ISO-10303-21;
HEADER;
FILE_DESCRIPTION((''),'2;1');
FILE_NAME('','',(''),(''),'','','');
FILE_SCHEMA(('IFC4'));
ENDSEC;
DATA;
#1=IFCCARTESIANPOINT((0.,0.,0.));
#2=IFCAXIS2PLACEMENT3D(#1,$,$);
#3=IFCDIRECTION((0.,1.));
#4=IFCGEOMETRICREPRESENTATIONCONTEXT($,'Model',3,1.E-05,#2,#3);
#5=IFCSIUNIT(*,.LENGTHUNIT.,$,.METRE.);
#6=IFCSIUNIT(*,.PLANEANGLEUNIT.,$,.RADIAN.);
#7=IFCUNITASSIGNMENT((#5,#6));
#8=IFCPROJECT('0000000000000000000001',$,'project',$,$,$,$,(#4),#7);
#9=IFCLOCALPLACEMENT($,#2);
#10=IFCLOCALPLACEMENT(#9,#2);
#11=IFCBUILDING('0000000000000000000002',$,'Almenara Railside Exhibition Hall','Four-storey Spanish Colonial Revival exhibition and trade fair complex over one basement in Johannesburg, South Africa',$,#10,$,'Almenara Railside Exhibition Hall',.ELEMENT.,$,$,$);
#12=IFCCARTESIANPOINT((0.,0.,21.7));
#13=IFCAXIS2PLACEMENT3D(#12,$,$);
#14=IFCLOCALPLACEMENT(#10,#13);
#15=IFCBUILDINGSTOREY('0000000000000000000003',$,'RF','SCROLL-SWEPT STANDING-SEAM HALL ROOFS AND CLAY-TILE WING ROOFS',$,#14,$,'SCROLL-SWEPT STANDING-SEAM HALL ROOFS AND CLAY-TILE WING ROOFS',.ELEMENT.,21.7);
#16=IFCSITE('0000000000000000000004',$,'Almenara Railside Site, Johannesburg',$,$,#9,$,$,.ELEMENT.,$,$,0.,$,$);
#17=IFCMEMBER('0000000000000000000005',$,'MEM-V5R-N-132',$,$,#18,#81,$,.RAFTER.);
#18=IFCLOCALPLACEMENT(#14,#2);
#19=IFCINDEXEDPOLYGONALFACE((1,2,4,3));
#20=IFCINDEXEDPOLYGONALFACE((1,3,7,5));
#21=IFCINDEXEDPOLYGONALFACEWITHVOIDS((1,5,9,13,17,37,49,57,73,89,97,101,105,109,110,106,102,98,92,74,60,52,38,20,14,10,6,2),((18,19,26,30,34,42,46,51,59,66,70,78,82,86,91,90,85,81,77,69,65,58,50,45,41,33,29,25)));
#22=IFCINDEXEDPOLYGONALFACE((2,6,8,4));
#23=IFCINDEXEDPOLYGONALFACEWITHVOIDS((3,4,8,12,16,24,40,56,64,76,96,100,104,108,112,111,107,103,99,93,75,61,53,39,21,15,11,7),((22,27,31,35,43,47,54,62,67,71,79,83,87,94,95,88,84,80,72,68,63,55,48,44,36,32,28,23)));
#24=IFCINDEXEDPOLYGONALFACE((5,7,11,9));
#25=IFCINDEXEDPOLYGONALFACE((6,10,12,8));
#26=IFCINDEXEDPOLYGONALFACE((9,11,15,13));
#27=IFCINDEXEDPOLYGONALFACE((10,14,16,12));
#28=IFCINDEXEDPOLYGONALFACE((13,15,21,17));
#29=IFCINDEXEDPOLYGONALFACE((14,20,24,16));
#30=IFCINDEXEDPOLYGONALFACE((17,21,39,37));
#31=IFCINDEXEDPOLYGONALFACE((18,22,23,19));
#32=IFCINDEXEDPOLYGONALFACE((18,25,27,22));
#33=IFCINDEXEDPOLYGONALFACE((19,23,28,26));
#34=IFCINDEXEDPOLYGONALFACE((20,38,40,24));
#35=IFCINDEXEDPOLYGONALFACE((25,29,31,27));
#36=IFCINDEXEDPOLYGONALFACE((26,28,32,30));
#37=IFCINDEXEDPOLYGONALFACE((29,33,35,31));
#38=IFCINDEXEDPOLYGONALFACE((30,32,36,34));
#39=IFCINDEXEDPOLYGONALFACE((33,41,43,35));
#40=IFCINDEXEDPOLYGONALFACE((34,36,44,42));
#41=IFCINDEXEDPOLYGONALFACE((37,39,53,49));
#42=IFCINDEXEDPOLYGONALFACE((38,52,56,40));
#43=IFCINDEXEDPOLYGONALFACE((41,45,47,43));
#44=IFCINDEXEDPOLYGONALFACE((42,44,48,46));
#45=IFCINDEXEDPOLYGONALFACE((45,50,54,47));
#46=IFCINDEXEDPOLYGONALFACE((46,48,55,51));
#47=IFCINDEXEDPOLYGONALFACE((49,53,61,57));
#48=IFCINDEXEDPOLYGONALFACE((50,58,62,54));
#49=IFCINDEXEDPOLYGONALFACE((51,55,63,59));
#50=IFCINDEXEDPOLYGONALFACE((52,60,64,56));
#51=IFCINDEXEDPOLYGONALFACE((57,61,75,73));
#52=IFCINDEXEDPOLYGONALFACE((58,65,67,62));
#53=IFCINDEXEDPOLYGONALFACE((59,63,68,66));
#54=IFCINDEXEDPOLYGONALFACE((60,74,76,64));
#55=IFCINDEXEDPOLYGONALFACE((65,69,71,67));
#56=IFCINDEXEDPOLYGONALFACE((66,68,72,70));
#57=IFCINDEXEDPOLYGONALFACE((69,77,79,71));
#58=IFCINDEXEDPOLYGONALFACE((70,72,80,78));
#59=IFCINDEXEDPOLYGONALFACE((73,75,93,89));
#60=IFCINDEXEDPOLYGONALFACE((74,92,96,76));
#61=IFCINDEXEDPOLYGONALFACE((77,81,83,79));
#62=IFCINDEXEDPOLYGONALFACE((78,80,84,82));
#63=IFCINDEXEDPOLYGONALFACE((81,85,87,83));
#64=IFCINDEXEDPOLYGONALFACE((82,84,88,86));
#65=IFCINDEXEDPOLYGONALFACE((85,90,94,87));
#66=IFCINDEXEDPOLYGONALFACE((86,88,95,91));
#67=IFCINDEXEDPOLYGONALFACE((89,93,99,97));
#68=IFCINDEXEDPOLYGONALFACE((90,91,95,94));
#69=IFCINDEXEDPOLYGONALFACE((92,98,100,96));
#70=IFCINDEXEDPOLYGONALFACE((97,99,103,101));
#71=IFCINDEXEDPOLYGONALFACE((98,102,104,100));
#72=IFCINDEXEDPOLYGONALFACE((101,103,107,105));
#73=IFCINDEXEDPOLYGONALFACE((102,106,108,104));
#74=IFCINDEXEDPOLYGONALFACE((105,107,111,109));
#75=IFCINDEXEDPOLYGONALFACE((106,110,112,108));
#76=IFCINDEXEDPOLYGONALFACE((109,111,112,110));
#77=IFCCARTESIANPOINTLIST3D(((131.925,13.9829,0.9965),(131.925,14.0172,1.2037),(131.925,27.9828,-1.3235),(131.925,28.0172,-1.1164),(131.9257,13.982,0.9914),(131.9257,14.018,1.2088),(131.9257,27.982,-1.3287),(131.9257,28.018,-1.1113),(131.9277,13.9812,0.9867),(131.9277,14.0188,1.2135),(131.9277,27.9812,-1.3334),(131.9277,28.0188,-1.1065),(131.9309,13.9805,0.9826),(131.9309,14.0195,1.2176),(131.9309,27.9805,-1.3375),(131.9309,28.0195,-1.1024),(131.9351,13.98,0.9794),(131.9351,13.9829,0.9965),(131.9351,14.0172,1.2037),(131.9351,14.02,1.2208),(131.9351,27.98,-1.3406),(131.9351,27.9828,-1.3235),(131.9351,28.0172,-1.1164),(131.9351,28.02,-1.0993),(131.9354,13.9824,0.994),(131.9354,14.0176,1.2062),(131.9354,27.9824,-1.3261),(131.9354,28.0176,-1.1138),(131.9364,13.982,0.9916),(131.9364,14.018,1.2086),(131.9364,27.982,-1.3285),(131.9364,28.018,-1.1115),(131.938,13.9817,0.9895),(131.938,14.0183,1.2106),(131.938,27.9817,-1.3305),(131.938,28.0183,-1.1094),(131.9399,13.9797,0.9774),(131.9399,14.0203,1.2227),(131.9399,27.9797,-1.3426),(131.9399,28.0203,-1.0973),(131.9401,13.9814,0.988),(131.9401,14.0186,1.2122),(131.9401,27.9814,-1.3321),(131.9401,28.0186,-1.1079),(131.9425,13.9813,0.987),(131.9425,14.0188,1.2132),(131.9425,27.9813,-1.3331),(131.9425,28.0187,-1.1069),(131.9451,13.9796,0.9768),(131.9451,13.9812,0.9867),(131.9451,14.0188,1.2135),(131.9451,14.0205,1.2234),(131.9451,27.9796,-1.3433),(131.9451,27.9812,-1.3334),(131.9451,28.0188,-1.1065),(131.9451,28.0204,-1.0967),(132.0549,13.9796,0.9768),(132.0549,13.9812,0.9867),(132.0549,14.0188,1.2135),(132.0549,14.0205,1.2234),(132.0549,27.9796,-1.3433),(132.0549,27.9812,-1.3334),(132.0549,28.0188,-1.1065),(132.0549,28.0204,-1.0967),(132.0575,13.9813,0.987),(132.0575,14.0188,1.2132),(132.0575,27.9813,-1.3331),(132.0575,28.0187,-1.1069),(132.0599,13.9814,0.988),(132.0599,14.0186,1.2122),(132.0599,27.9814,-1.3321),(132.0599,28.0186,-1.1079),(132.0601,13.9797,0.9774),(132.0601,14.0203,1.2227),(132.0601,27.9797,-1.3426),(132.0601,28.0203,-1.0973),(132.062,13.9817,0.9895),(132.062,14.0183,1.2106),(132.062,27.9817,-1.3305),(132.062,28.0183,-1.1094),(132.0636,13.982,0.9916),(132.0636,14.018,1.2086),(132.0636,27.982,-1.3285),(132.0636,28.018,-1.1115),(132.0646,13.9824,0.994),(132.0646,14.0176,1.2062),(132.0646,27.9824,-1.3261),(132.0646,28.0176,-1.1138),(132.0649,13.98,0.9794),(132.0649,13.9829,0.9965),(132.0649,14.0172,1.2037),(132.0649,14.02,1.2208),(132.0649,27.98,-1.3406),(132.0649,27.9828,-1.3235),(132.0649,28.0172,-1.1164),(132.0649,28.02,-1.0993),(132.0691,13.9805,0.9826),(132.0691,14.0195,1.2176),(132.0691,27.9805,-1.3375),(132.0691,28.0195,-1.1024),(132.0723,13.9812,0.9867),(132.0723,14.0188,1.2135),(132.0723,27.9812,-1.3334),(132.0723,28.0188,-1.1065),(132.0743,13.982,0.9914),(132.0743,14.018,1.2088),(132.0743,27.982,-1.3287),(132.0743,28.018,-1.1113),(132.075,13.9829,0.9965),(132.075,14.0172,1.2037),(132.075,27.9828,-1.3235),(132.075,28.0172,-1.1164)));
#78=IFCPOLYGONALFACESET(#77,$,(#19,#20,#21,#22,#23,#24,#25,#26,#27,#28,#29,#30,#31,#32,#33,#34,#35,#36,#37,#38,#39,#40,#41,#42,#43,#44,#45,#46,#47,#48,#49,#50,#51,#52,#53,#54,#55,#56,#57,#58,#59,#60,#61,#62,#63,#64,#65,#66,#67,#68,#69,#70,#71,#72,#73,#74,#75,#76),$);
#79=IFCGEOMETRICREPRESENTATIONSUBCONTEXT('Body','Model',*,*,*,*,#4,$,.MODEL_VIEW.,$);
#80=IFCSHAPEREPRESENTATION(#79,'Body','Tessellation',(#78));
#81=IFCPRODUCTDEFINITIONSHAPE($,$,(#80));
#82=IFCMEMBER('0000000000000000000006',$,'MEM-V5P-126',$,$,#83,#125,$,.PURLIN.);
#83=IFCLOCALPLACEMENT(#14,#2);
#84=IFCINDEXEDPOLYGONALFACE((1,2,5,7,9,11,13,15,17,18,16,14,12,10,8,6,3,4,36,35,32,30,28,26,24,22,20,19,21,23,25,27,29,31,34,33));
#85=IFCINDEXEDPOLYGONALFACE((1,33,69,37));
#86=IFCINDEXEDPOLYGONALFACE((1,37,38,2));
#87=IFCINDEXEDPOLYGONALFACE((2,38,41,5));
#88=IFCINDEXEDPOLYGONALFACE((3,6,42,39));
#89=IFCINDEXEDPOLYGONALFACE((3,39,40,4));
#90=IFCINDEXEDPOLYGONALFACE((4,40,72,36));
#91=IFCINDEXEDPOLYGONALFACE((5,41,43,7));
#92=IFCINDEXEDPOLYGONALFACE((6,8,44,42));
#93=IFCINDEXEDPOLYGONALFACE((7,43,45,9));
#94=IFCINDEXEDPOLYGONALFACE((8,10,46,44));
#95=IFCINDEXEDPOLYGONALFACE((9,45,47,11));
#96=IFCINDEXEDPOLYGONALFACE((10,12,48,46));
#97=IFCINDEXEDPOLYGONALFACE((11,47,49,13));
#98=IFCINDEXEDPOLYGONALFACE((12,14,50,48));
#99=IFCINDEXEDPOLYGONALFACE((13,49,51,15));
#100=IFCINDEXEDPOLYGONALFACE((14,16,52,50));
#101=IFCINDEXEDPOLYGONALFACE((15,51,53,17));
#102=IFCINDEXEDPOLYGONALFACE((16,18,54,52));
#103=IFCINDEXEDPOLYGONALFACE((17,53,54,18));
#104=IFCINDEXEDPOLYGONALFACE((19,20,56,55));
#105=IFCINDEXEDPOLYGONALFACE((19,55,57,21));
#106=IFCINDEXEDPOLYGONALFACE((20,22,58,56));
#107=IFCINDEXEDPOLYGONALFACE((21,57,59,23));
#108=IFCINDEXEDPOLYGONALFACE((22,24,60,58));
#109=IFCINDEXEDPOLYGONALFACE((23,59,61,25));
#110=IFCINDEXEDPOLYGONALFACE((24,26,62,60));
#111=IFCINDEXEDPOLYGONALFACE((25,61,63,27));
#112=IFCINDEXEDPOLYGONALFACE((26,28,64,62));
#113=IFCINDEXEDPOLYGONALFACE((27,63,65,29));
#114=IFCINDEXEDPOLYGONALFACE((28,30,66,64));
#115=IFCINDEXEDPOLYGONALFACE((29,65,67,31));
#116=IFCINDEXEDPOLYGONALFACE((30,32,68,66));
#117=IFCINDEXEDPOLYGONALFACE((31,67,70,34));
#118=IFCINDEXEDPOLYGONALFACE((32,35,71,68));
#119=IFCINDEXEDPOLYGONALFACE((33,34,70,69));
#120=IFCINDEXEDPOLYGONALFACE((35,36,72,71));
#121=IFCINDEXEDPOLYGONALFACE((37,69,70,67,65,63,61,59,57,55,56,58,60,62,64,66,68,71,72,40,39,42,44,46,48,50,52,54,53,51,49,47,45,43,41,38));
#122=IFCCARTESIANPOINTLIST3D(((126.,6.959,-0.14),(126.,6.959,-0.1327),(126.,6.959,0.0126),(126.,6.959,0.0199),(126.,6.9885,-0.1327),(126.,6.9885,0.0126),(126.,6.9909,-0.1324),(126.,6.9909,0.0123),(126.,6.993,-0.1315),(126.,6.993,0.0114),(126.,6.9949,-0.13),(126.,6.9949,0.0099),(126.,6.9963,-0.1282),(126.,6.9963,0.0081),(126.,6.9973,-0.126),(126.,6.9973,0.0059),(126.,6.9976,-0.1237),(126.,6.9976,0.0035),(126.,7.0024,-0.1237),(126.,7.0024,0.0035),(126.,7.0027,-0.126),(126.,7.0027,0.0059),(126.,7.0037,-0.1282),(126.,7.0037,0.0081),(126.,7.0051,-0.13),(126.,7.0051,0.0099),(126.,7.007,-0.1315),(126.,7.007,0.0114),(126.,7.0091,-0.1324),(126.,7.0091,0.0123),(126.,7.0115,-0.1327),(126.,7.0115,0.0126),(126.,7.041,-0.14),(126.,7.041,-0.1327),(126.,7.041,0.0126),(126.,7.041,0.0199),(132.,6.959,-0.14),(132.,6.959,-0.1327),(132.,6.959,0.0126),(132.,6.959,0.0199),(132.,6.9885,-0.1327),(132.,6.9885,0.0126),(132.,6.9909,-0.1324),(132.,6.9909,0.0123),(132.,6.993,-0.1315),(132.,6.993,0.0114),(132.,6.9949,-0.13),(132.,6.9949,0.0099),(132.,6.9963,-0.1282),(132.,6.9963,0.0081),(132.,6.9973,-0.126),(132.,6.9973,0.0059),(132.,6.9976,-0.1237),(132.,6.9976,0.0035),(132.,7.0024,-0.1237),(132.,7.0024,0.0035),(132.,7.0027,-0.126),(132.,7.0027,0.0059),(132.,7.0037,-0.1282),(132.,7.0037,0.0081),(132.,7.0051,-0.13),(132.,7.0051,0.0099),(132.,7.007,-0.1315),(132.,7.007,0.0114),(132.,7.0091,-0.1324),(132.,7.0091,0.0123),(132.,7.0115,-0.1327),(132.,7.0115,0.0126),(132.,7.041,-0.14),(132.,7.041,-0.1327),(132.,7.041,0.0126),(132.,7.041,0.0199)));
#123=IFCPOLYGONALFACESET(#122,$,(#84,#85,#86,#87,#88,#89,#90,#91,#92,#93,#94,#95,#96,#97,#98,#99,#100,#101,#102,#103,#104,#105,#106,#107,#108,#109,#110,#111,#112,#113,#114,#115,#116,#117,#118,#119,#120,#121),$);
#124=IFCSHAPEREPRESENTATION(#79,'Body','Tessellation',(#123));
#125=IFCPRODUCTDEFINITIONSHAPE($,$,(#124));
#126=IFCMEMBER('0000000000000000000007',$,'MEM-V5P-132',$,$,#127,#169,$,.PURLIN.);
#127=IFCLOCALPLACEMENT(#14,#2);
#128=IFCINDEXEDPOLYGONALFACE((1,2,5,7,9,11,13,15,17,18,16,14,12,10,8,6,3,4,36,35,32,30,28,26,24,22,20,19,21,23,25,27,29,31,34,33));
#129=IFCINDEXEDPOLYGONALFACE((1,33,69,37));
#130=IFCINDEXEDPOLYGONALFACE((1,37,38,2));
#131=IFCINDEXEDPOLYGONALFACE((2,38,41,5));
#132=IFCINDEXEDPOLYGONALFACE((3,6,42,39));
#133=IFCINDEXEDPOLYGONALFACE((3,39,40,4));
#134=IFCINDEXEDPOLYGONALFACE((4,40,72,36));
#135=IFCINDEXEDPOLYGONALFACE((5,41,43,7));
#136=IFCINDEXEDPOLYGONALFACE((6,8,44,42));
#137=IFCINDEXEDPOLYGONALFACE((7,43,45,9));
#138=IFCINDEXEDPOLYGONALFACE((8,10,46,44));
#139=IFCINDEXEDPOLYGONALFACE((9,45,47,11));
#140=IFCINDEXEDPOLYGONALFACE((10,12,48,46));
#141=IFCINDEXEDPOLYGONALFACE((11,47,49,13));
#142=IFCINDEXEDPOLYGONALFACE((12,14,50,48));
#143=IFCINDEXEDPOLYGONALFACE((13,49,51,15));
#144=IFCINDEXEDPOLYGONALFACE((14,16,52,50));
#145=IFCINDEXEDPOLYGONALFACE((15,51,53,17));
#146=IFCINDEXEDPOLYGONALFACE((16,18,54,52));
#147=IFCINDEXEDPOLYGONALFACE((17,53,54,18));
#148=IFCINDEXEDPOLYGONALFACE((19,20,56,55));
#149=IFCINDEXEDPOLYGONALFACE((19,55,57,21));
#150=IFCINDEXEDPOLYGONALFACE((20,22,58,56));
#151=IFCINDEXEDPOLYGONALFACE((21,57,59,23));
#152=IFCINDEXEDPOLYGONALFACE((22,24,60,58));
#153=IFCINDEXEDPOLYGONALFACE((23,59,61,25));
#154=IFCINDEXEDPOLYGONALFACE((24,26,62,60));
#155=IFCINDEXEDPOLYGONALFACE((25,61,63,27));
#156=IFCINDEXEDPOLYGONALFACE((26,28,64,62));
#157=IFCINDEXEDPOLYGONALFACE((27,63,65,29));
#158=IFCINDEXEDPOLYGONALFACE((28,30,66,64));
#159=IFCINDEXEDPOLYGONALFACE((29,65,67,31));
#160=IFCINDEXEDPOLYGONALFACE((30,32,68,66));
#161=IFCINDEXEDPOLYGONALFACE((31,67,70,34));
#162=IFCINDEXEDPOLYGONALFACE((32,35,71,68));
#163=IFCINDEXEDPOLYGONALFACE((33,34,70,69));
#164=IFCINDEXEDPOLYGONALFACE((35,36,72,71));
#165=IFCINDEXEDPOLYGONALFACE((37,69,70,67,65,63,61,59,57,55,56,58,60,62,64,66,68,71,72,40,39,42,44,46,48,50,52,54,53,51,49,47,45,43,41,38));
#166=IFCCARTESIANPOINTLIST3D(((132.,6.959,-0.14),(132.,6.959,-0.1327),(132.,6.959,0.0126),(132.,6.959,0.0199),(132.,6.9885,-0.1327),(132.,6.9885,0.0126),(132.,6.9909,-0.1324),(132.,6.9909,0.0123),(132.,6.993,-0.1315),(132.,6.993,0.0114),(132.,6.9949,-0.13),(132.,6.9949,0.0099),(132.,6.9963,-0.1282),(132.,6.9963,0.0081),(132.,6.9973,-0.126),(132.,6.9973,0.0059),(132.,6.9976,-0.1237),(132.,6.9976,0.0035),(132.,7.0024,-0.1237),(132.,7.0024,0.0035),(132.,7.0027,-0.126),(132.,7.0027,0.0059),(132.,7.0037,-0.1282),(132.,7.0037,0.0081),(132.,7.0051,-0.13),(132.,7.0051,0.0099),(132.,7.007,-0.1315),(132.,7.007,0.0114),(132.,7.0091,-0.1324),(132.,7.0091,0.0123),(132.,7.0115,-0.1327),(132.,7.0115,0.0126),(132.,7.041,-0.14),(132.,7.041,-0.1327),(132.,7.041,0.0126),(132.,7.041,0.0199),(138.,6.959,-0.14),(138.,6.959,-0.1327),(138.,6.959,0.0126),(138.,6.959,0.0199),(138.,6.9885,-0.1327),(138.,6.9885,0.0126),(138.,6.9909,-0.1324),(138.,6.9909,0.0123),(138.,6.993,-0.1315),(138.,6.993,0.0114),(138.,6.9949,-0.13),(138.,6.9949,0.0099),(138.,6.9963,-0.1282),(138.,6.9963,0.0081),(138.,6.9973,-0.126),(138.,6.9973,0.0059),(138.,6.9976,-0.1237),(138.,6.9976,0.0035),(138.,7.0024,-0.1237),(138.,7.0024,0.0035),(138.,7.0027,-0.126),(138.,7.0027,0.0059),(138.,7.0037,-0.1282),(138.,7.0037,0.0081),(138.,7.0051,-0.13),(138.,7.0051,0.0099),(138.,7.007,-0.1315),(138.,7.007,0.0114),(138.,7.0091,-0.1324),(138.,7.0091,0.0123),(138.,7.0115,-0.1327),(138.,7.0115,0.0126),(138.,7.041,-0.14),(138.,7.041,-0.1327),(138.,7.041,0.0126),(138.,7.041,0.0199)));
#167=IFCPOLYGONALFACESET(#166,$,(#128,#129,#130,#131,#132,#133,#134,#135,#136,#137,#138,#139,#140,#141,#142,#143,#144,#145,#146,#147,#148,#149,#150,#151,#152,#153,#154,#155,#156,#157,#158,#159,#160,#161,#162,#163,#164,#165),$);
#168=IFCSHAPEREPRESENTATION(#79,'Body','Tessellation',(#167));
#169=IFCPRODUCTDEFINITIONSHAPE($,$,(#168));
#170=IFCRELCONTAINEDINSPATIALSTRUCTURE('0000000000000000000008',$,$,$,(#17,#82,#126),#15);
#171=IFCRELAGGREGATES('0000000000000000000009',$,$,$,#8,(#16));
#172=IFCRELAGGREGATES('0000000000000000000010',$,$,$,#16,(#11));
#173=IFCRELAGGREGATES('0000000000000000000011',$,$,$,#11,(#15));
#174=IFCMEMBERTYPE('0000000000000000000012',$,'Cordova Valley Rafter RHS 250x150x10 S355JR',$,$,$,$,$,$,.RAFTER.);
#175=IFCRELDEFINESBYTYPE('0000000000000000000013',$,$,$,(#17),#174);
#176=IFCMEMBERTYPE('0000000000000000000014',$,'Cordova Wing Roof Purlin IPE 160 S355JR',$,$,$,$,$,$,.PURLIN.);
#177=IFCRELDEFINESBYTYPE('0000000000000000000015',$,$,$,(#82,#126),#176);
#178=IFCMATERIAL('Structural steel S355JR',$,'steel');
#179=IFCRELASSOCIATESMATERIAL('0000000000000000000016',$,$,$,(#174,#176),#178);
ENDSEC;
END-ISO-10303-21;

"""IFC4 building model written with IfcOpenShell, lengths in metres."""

from ifc_helpers import new_model, si_unit, direction, frame, origin, origin_2d, place, context, subcontext, project, spatial, hollow_rectangle, i_section, extrude, material, material_profile, profile_set, type_object, element, save


model = new_model("IFC4")

# Units and contexts
model_context = context("Model", 3, precision=1e-05, world=origin(), true_north=direction((0.0, 1.0)))
body_context = subcontext(model_context, "Body", "Model", "MODEL_VIEW")
ifc_project = project(units=[si_unit("LENGTHUNIT", "METRE"), si_unit("PLANEANGLEUNIT", "RADIAN")], contexts=[model_context])

# Site, building, storey
site_placement = place(None, origin())
site = spatial("IfcSite", under=ifc_project, at=site_placement, Name="Almenara Railside Site, Johannesburg", CompositionType="ELEMENT", RefElevation=0.0)
building_placement = place(site_placement, origin())
building = spatial("IfcBuilding", under=site, at=building_placement, Name="Almenara Railside Exhibition Hall", Description="Four-storey Spanish Colonial Revival exhibition and trade fair complex over one basement in Johannesburg, South Africa", LongName="Almenara Railside Exhibition Hall", CompositionType="ELEMENT")
storey_placement = place(building_placement, frame((0.0, 0.0, 21.7)))
storey = spatial("IfcBuildingStorey", under=building, at=storey_placement, Name="RF", Description="SCROLL-SWEPT STANDING-SEAM HALL ROOFS AND CLAY-TILE WING ROOFS", LongName="SCROLL-SWEPT STANDING-SEAM HALL ROOFS AND CLAY-TILE WING ROOFS", CompositionType="ELEMENT", Elevation=21.7)

# Shared definitions
ifc_material_1 = material(Name="Structural steel S355JR", Category="steel")

# Members
ifc_material_profile_1 = material_profile(ifc_material_1, hollow_rectangle(XDim=0.1499, YDim=0.25, WallThickness=0.01, InnerFilletRadius=0.01, OuterFilletRadius=0.02, at=origin_2d()), Name="RHS 250x150x10")
ifc_profile_set_1 = profile_set([ifc_material_profile_1], Name="Structural steel S355JR")
member_type_1 = type_object("IfcMemberType", Name="Cordova Valley Rafter RHS 250x150x10 S355JR", PredefinedType="RAFTER", material=ifc_profile_set_1)
for number, where, z_axis, x_axis, name in (
    (1, (132.0, 28.0, -1.22), (0.0, -0.986545, 0.163489), (1.0, 0.0, 0.0), "MEM-V5R-N-132"),
):
    element("IfcMember", number, at=place(storey_placement, frame(where, z_axis=z_axis, x_axis=x_axis)), inside=storey, type_object=member_type_1, Name=name, PredefinedType="RAFTER", context=body_context, shape_type="SweptSolid", body=[
        extrude(hollow_rectangle(XDim=0.1499, YDim=0.25, WallThickness=0.01, InnerFilletRadius=0.01, OuterFilletRadius=0.02, at=origin_2d()), origin(), (0.0, 0.0, 1.0), 14.1909),
    ])
ifc_material_profile_2 = material_profile(ifc_material_1, i_section(OverallWidth=0.082, OverallDepth=0.1599, WebThickness=0.0049, FlangeThickness=0.0073, FilletRadius=0.009, at=origin_2d()), Name="IPE 160")
ifc_profile_set_2 = profile_set([ifc_material_profile_2], Name="Structural steel S355JR")
member_type_2 = type_object("IfcMemberType", Name="Cordova Wing Roof Purlin IPE 160 S355JR", PredefinedType="PURLIN", material=ifc_profile_set_2)
for number, where, z_axis, x_axis, name in (
    (2, (126.0, 7.0, -0.0601), (1.0, 0.0, 0.0), (0.0, 1.0, 0.0), "MEM-V5P-126"),
    (3, (132.0, 7.0, -0.0601), (1.0, 0.0, 0.0), (0.0, 1.0, 0.0), "MEM-V5P-132"),
):
    element("IfcMember", number, at=place(storey_placement, frame(where, z_axis=z_axis, x_axis=x_axis)), inside=storey, type_object=member_type_2, Name=name, PredefinedType="PURLIN", context=body_context, shape_type="SweptSolid", body=[
        extrude(i_section(OverallWidth=0.082, OverallDepth=0.1599, WebThickness=0.0049, FlangeThickness=0.0073, FilletRadius=0.009, at=origin_2d()), origin(), (0.0, 0.0, 1.0), 6.0),
    ])

save(model, "model.ifc")
